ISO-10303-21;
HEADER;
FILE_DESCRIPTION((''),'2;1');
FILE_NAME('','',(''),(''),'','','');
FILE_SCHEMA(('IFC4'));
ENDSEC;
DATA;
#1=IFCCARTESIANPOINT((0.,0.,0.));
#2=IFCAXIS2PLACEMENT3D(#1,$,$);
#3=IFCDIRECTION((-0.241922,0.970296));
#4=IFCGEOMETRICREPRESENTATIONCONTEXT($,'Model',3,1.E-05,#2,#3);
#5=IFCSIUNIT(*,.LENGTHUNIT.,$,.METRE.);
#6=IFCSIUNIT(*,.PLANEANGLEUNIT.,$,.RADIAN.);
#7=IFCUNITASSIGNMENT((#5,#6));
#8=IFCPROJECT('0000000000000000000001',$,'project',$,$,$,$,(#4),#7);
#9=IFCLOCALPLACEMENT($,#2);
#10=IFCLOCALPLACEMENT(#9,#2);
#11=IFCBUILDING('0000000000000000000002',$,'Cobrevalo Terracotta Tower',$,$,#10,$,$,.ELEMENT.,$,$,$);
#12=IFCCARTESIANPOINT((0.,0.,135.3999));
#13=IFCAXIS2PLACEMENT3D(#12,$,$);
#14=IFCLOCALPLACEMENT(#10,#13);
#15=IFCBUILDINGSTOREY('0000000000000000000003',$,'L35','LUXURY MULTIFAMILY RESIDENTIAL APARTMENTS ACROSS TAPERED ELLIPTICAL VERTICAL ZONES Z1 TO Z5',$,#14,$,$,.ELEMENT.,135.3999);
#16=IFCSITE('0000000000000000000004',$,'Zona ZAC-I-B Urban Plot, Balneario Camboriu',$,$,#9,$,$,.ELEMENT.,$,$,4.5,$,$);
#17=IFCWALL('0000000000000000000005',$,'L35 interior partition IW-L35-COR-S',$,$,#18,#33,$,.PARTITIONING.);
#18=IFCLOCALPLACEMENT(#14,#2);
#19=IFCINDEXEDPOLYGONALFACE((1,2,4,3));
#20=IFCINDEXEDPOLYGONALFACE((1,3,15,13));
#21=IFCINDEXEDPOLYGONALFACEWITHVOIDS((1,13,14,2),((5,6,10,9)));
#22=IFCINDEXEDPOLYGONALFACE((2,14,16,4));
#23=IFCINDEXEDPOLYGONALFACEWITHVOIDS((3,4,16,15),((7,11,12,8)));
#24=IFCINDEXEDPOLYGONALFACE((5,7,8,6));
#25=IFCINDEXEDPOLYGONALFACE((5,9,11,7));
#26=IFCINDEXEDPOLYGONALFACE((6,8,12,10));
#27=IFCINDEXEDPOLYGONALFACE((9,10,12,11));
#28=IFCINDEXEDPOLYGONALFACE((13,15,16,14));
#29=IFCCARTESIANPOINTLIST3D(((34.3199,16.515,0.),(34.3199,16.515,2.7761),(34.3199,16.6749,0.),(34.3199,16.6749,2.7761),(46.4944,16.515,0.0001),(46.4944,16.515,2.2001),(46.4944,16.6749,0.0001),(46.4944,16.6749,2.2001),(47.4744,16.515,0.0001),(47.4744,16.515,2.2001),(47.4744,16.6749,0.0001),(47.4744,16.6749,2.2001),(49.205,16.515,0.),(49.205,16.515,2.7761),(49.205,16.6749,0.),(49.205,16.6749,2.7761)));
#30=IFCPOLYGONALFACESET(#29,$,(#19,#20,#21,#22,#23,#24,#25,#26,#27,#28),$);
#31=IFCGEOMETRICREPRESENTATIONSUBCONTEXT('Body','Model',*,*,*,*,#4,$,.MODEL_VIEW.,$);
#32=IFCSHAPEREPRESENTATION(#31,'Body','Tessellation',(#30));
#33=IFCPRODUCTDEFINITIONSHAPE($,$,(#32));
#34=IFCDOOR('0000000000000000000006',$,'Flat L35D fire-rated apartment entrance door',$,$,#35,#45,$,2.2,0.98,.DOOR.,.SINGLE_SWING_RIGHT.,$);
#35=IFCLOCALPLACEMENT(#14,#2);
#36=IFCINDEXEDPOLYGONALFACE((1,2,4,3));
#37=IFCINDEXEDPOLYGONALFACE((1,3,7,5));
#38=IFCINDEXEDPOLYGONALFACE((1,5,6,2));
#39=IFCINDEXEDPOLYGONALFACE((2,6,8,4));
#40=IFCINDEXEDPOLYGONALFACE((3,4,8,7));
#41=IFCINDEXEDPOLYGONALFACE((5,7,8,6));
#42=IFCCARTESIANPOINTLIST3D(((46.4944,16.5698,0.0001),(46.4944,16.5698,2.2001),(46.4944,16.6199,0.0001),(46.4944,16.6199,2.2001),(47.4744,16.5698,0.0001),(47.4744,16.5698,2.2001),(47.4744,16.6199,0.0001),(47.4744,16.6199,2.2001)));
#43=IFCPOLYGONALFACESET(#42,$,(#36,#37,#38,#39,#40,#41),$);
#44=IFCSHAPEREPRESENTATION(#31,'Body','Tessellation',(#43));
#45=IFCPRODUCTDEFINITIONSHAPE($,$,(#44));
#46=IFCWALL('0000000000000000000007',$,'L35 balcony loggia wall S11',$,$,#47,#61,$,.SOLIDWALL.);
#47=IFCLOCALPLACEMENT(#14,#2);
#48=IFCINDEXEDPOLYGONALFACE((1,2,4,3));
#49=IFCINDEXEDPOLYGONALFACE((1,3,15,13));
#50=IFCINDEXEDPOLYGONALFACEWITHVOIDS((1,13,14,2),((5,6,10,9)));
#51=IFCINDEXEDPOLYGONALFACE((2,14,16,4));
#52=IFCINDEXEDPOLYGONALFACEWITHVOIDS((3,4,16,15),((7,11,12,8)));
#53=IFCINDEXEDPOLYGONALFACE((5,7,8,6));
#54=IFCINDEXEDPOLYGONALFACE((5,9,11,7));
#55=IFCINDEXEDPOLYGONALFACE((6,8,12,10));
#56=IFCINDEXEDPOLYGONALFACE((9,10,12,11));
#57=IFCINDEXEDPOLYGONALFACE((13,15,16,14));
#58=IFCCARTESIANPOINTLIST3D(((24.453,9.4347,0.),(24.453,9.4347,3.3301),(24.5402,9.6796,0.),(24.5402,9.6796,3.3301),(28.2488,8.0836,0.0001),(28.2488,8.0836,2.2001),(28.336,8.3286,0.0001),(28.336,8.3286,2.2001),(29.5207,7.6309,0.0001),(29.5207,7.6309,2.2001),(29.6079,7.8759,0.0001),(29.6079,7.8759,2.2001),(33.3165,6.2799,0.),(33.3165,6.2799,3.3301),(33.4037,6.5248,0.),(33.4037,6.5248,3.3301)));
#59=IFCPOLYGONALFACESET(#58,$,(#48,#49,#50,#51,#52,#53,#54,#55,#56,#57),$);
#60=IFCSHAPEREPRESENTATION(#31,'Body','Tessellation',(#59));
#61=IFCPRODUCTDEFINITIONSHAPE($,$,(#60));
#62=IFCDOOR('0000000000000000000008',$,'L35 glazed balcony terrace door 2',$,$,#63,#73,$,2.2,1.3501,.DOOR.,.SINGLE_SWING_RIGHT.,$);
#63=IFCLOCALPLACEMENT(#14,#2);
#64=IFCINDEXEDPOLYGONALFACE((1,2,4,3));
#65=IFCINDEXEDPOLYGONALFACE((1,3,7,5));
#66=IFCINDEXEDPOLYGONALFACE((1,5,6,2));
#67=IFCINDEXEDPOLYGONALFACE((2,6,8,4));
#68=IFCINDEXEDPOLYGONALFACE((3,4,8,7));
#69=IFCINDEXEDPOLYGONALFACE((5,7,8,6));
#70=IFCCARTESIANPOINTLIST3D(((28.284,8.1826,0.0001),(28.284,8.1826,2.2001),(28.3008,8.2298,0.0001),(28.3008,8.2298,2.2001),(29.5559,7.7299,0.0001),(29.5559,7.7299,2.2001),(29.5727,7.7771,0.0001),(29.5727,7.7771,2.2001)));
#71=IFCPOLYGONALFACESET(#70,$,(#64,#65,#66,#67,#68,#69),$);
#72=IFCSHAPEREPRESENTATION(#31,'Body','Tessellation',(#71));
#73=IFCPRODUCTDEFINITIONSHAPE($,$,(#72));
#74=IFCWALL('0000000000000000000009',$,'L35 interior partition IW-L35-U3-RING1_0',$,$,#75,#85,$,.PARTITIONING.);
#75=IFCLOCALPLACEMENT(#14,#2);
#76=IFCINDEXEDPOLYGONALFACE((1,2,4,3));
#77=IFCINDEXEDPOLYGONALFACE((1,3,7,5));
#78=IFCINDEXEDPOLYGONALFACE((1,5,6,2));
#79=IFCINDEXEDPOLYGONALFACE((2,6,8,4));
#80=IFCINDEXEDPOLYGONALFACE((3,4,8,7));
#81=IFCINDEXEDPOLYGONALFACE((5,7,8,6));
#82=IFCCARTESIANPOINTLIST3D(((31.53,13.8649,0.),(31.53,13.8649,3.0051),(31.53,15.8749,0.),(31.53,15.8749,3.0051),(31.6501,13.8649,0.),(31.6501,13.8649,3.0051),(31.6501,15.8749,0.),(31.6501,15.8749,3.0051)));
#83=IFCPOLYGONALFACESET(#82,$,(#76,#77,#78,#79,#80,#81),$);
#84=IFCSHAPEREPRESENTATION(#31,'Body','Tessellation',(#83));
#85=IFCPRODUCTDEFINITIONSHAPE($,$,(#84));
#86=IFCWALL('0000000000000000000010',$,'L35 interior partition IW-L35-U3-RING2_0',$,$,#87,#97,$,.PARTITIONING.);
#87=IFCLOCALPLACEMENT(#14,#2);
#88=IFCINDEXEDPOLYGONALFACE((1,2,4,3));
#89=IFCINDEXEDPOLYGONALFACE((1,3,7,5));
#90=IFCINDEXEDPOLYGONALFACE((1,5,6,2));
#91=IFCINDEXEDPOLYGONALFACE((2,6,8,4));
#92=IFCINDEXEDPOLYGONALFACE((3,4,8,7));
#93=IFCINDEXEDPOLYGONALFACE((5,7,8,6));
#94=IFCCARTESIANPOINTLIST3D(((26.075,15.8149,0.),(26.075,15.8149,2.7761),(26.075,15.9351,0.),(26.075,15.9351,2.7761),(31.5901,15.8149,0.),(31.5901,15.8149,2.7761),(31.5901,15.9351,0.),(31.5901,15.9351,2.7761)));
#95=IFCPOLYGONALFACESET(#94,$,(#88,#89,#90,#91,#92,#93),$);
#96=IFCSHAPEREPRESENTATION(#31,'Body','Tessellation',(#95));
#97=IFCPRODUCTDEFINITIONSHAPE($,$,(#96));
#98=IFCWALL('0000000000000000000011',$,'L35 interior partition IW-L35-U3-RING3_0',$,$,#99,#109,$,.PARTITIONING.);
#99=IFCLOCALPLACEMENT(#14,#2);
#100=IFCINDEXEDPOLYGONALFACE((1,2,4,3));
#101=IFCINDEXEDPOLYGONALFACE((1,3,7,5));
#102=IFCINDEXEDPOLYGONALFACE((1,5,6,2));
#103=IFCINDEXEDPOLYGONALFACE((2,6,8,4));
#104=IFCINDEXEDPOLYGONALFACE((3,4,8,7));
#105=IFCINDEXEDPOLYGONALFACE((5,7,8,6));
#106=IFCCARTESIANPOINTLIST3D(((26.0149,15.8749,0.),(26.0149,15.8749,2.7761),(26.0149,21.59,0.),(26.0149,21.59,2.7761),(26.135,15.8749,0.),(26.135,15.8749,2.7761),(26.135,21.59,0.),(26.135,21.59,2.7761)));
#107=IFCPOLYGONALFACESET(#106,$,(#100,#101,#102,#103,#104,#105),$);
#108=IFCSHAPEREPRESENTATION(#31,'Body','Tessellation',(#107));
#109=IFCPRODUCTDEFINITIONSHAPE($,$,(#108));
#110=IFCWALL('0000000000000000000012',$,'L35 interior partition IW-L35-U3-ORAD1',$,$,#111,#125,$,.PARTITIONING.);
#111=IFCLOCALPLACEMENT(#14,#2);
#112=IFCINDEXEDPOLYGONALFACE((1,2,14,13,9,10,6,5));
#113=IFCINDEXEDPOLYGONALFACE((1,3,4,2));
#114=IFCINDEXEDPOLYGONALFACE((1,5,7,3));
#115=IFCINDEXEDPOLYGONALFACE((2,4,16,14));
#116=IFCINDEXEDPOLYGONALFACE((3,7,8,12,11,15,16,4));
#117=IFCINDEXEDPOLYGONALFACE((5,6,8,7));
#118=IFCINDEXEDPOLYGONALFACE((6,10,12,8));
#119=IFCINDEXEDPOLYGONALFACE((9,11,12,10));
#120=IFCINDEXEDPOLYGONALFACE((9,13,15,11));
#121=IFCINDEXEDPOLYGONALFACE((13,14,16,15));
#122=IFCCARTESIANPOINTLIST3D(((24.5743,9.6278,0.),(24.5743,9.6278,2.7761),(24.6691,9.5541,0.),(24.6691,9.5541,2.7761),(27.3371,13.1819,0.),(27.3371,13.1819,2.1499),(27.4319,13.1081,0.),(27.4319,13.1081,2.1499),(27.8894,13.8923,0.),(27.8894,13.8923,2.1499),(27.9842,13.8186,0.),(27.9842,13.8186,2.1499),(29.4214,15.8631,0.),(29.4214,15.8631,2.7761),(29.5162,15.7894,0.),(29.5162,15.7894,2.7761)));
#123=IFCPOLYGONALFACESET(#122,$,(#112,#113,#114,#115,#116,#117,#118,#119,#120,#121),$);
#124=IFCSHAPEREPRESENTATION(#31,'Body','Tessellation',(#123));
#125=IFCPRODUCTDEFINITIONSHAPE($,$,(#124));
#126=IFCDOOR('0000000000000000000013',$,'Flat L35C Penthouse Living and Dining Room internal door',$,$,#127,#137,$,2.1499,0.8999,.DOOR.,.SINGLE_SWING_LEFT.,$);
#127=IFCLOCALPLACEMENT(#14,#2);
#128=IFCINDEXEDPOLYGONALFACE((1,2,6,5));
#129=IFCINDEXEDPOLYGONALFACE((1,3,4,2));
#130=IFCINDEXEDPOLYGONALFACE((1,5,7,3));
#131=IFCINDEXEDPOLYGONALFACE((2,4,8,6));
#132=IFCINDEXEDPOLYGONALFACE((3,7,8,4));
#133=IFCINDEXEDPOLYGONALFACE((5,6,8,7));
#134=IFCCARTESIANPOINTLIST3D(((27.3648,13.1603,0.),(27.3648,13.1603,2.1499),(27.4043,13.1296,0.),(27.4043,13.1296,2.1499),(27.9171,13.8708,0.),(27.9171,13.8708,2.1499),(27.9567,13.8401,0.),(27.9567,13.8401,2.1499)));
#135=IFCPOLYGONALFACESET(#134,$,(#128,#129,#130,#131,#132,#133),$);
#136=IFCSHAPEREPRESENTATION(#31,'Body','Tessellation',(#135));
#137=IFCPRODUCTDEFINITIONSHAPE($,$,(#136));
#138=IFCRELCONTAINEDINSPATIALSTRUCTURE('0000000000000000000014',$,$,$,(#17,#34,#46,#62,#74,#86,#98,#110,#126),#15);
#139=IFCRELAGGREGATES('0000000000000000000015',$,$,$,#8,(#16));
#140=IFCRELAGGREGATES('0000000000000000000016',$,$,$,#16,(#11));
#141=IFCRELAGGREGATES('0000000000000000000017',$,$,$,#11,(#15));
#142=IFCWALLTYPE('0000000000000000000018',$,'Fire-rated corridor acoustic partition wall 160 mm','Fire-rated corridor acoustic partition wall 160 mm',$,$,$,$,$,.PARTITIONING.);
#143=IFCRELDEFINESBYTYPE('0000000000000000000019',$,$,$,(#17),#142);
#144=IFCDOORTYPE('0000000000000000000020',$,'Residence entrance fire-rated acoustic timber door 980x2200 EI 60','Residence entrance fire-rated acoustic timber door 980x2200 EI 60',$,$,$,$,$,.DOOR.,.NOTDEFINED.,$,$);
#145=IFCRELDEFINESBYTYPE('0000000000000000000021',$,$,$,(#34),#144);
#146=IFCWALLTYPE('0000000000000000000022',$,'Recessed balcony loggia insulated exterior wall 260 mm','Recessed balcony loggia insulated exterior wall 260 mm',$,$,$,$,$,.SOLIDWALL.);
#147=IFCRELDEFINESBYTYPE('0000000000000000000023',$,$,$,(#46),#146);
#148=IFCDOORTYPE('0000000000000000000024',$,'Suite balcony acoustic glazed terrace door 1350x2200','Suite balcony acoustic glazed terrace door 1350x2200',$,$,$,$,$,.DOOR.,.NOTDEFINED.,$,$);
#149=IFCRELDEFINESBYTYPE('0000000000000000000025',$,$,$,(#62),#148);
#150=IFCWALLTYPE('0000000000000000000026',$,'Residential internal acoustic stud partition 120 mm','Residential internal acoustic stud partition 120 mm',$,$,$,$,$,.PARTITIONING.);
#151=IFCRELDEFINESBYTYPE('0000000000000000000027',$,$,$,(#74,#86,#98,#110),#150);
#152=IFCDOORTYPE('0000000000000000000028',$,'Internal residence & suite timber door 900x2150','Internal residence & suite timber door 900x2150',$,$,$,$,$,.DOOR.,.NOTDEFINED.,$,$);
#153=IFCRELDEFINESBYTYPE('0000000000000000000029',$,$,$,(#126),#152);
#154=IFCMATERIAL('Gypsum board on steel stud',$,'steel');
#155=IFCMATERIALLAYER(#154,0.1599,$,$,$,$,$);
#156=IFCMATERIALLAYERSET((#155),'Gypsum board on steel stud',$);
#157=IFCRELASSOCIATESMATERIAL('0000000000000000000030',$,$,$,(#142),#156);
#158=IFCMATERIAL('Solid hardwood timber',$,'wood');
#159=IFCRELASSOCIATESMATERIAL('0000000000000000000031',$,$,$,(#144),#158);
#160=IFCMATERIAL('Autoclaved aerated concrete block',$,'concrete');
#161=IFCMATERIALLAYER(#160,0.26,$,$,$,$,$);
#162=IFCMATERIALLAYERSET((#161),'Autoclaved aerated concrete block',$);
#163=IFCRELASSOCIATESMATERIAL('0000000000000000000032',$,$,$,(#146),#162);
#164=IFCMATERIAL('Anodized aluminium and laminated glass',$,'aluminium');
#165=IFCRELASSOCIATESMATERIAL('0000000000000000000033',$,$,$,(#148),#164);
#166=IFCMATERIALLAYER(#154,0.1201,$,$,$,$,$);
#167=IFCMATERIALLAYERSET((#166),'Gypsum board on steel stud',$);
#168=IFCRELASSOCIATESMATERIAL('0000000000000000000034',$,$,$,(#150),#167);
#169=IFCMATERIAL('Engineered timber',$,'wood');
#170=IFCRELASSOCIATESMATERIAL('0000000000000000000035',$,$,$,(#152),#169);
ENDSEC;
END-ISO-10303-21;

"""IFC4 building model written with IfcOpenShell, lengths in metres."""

from ifc_helpers import new_model, si_unit, direction, frame, frame_2d, origin, place, context, subcontext, project, spatial, rectangle, extrude, source, transform, mapped, material, layer, layer_set, type_object, element, fill, save


model = new_model("IFC4")

# Units and contexts
model_context = context("Model", 3, precision=1e-05, world=origin(), true_north=direction((-0.241922, 0.970296)))
body_context = subcontext(model_context, "Body", "Model", "MODEL_VIEW")
ifc_project = project(units=[si_unit("LENGTHUNIT", "METRE"), si_unit("PLANEANGLEUNIT", "RADIAN")], contexts=[model_context])

# Site, building, storey
site_placement = place(None, origin())
site = spatial("IfcSite", under=ifc_project, at=site_placement, Name="Zona ZAC-I-B Urban Plot, Balneario Camboriu", CompositionType="ELEMENT", RefElevation=4.5)
building_placement = place(site_placement, origin())
building = spatial("IfcBuilding", under=site, at=building_placement, Name="Cobrevalo Terracotta Tower", CompositionType="ELEMENT")
storey_placement = place(building_placement, frame((0.0, 0.0, 135.3999)))
storey = spatial("IfcBuildingStorey", under=building, at=storey_placement, Name="L35", Description="LUXURY MULTIFAMILY RESIDENTIAL APARTMENTS ACROSS TAPERED ELLIPTICAL VERTICAL ZONES Z1 TO Z5", CompositionType="ELEMENT", Elevation=135.3999)

# Walls, openings, doors
ifc_material_1 = material(Name="Gypsum board on steel stud", Category="steel")
ifc_layer_1 = layer(ifc_material_1, 0.1599)
ifc_layer_set_1 = layer_set([ifc_layer_1], Name="Gypsum board on steel stud")
wall_type_1 = type_object("IfcWallType", Name="Fire-rated corridor acoustic partition wall 160 mm", Description="Fire-rated corridor acoustic partition wall 160 mm", PredefinedType="PARTITIONING", material=ifc_layer_set_1)
wall_1_placement = place(storey_placement, frame((34.3201, 16.595, 0.0), z_axis=(0.0, 0.0, 1.0), x_axis=(1.0, 0.0, 0.0)))
wall_1 = element("IfcWall", 1, at=wall_1_placement, inside=storey, type_object=wall_type_1, Name="L35 interior partition IW-L35-COR-S", PredefinedType="PARTITIONING", context=body_context, shape_type="SweptSolid", body=[
    extrude(rectangle(XDim=14.885, YDim=0.1599, at=frame_2d((7.4424, 0.0))), origin(), (0.0, 0.0, 1.0), 2.7761),
])
opening_1_placement = place(wall_1_placement, frame((12.1743, 0.0, 0.0)))
opening_1 = element("IfcOpeningElement", 2, at=opening_1_placement, cuts=wall_1, PredefinedType="OPENING", context=body_context, shape_type="SweptSolid", body=[
    extrude(rectangle(XDim=0.98, YDim=2.2, at=frame_2d((0.49, 1.1001))), frame((0.0, 0.0898, 0.0), z_axis=(0.0, -1.0, 0.0), x_axis=(1.0, 0.0, 0.0)), (0.0, 0.0, 1.0), 0.1799),
])
ifc_material_2 = material(Name="Solid hardwood timber", Category="wood")
door_type_1 = type_object("IfcDoorType", Name="Residence entrance fire-rated acoustic timber door 980x2200 EI 60", Description="Residence entrance fire-rated acoustic timber door 980x2200 EI 60", OperationType="NOTDEFINED", PredefinedType="DOOR", material=ifc_material_2)
shared_shape_1 = source(origin(), body_context, "Body", "SweptSolid", [
    extrude(rectangle(XDim=0.98, YDim=2.2, at=frame_2d((0.49, 1.1001))), frame((0.0, 0.0249, 0.0), z_axis=(0.0, -1.0, 0.0), x_axis=(1.0, 0.0, 0.0)), (0.0, 0.0, 1.0), 0.05),
])
door_1_placement = place(opening_1_placement, origin())
door_1 = element("IfcDoor", 3, at=door_1_placement, inside=storey, type_object=door_type_1, Name="Flat L35D fire-rated apartment entrance door", OperationType="SINGLE_SWING_RIGHT", OverallHeight=2.2, OverallWidth=0.98, PredefinedType="DOOR", context=body_context, shape_type="MappedRepresentation", body=[
    mapped(shared_shape_1, transform((0.0, 0.0, 0.0), scale=1.0)),
])
fill(opening_1, door_1)
ifc_material_3 = material(Name="Autoclaved aerated concrete block", Category="concrete")
ifc_layer_2 = layer(ifc_material_3, 0.26)
ifc_layer_set_2 = layer_set([ifc_layer_2], Name="Autoclaved aerated concrete block")
wall_type_2 = type_object("IfcWallType", Name="Recessed balcony loggia insulated exterior wall 260 mm", Description="Recessed balcony loggia insulated exterior wall 260 mm", PredefinedType="SOLIDWALL", material=ifc_layer_set_2)
wall_2_placement = place(storey_placement, frame((24.4966, 9.5571, 0.0), z_axis=(0.0, 0.0, 1.0), x_axis=(0.942104, -0.335322, 0.0)))
wall_2 = element("IfcWall", 4, at=wall_2_placement, inside=storey, type_object=wall_type_2, Name="L35 balcony loggia wall S11", PredefinedType="SOLIDWALL", context=body_context, shape_type="SweptSolid", body=[
    extrude(rectangle(XDim=9.4082, YDim=0.26, at=frame_2d((4.7041, 0.0))), origin(), (0.0, 0.0, 1.0), 3.3301),
])
opening_2_placement = place(wall_2_placement, frame((4.0291, 0.0, 0.0)))
opening_2 = element("IfcOpeningElement", 5, at=opening_2_placement, cuts=wall_2, PredefinedType="OPENING", context=body_context, shape_type="SweptSolid", body=[
    extrude(rectangle(XDim=1.3501, YDim=2.2, at=frame_2d((0.675, 1.1001))), frame((0.0, 0.1401, 0.0), z_axis=(0.0, -1.0, 0.0), x_axis=(1.0, 0.0, 0.0)), (0.0, 0.0, 1.0), 0.28),
])
ifc_material_4 = material(Name="Anodized aluminium and laminated glass", Category="aluminium")
door_type_2 = type_object("IfcDoorType", Name="Suite balcony acoustic glazed terrace door 1350x2200", Description="Suite balcony acoustic glazed terrace door 1350x2200", OperationType="NOTDEFINED", PredefinedType="DOOR", material=ifc_material_4)
shared_shape_2 = source(origin(), body_context, "Body", "SweptSolid", [
    extrude(rectangle(XDim=1.3501, YDim=2.2, at=frame_2d((0.675, 1.1001))), frame((0.0, 0.0249, 0.0), z_axis=(0.0, -1.0, 0.0), x_axis=(1.0, 0.0, 0.0)), (0.0, 0.0, 1.0), 0.05),
])
door_2_placement = place(opening_2_placement, frame((1.3501, 0.0, 0.0), z_axis=(0.0, 0.0, 1.0), x_axis=(-1.0, 0.0, 0.0)))
door_2 = element("IfcDoor", 6, at=door_2_placement, inside=storey, type_object=door_type_2, Name="L35 glazed balcony terrace door 2", OperationType="SINGLE_SWING_RIGHT", OverallHeight=2.2, OverallWidth=1.3501, PredefinedType="DOOR", context=body_context, shape_type="MappedRepresentation", body=[
    mapped(shared_shape_2, transform((0.0, 0.0, 0.0), scale=1.0)),
])
fill(opening_2, door_2)

# Walls
ifc_layer_3 = layer(ifc_material_1, 0.1201)
ifc_layer_set_3 = layer_set([ifc_layer_3], Name="Gypsum board on steel stud")
wall_type_3 = type_object("IfcWallType", Name="Residential internal acoustic stud partition 120 mm", Description="Residential internal acoustic stud partition 120 mm", PredefinedType="PARTITIONING", material=ifc_layer_set_3)
wall_3_placement = place(storey_placement, frame((31.5901, 13.865, 0.0), z_axis=(0.0, 0.0, 1.0), x_axis=(0.0, 1.0, 0.0)))
element("IfcWall", 7, at=wall_3_placement, inside=storey, type_object=wall_type_3, Name="L35 interior partition IW-L35-U3-RING1_0", PredefinedType="PARTITIONING", context=body_context, shape_type="SweptSolid", body=[
    extrude(rectangle(XDim=2.01, YDim=0.1201, at=frame_2d((1.0049, 0.0))), origin(), (0.0, 0.0, 1.0), 3.0051),
])
wall_4_placement = place(storey_placement, frame((31.5901, 15.875, 0.0), z_axis=(0.0, 0.0, 1.0), x_axis=(-1.0, 0.0, 0.0)))
element("IfcWall", 8, at=wall_4_placement, inside=storey, type_object=wall_type_3, Name="L35 interior partition IW-L35-U3-RING2_0", PredefinedType="PARTITIONING", context=body_context, shape_type="SweptSolid", body=[
    extrude(rectangle(XDim=5.5151, YDim=0.1201, at=frame_2d((2.7576, 0.0))), origin(), (0.0, 0.0, 1.0), 2.7761),
])
wall_5_placement = place(storey_placement, frame((26.075, 15.875, 0.0), z_axis=(0.0, 0.0, 1.0), x_axis=(0.0, 1.0, 0.0)))
element("IfcWall", 9, at=wall_5_placement, inside=storey, type_object=wall_type_3, Name="L35 interior partition IW-L35-U3-RING3_0", PredefinedType="PARTITIONING", context=body_context, shape_type="SweptSolid", body=[
    extrude(rectangle(XDim=5.7151, YDim=0.1201, at=frame_2d((2.8574, 0.0))), origin(), (0.0, 0.0, 1.0), 2.7761),
])

# Wall, opening, door
wall_6_placement = place(storey_placement, frame((29.4688, 15.8262, 0.0), z_axis=(0.0, 0.0, 1.0), x_axis=(-0.613739, -0.789509, 0.0)))
wall_6 = element("IfcWall", 10, at=wall_6_placement, inside=storey, type_object=wall_type_3, Name="L35 interior partition IW-L35-U3-ORAD1", PredefinedType="PARTITIONING", context=body_context, shape_type="SweptSolid", body=[
    extrude(rectangle(XDim=7.8977, YDim=0.1201, at=frame_2d((3.9487, 0.0))), origin(), (0.0, 0.0, 1.0), 2.7761),
])
opening_3_placement = place(wall_6_placement, frame((2.4961, 0.0, 0.0)))
opening_3 = element("IfcOpeningElement", 11, at=opening_3_placement, cuts=wall_6, PredefinedType="OPENING", context=body_context, shape_type="SweptSolid", body=[
    extrude(rectangle(XDim=0.8999, YDim=2.1499, at=frame_2d((0.45, 1.075))), frame((0.0, 0.0701, 0.0), z_axis=(0.0, -1.0, 0.0), x_axis=(1.0, 0.0, 0.0)), (0.0, 0.0, 1.0), 0.1401),
])
ifc_material_5 = material(Name="Engineered timber", Category="wood")
door_type_3 = type_object("IfcDoorType", Name="Internal residence & suite timber door 900x2150", Description="Internal residence & suite timber door 900x2150", OperationType="NOTDEFINED", PredefinedType="DOOR", material=ifc_material_5)
shared_shape_3 = source(origin(), body_context, "Body", "SweptSolid", [
    extrude(rectangle(XDim=0.8999, YDim=2.1499, at=frame_2d((0.45, 1.075))), frame((0.0, 0.0249, 0.0), z_axis=(0.0, -1.0, 0.0), x_axis=(1.0, 0.0, 0.0)), (0.0, 0.0, 1.0), 0.05),
])
door_3_placement = place(opening_3_placement, frame((0.8999, 0.0, 0.0), z_axis=(0.0, 0.0, 1.0), x_axis=(-1.0, 0.0, 0.0)))
door_3 = element("IfcDoor", 12, at=door_3_placement, inside=storey, type_object=door_type_3, Name="Flat L35C Penthouse Living and Dining Room internal door", OperationType="SINGLE_SWING_LEFT", OverallHeight=2.1499, OverallWidth=0.8999, PredefinedType="DOOR", context=body_context, shape_type="MappedRepresentation", body=[
    mapped(shared_shape_3, transform((0.0, 0.0, 0.0), scale=1.0)),
])
fill(opening_3, door_3)

save(model, "model.ifc")
